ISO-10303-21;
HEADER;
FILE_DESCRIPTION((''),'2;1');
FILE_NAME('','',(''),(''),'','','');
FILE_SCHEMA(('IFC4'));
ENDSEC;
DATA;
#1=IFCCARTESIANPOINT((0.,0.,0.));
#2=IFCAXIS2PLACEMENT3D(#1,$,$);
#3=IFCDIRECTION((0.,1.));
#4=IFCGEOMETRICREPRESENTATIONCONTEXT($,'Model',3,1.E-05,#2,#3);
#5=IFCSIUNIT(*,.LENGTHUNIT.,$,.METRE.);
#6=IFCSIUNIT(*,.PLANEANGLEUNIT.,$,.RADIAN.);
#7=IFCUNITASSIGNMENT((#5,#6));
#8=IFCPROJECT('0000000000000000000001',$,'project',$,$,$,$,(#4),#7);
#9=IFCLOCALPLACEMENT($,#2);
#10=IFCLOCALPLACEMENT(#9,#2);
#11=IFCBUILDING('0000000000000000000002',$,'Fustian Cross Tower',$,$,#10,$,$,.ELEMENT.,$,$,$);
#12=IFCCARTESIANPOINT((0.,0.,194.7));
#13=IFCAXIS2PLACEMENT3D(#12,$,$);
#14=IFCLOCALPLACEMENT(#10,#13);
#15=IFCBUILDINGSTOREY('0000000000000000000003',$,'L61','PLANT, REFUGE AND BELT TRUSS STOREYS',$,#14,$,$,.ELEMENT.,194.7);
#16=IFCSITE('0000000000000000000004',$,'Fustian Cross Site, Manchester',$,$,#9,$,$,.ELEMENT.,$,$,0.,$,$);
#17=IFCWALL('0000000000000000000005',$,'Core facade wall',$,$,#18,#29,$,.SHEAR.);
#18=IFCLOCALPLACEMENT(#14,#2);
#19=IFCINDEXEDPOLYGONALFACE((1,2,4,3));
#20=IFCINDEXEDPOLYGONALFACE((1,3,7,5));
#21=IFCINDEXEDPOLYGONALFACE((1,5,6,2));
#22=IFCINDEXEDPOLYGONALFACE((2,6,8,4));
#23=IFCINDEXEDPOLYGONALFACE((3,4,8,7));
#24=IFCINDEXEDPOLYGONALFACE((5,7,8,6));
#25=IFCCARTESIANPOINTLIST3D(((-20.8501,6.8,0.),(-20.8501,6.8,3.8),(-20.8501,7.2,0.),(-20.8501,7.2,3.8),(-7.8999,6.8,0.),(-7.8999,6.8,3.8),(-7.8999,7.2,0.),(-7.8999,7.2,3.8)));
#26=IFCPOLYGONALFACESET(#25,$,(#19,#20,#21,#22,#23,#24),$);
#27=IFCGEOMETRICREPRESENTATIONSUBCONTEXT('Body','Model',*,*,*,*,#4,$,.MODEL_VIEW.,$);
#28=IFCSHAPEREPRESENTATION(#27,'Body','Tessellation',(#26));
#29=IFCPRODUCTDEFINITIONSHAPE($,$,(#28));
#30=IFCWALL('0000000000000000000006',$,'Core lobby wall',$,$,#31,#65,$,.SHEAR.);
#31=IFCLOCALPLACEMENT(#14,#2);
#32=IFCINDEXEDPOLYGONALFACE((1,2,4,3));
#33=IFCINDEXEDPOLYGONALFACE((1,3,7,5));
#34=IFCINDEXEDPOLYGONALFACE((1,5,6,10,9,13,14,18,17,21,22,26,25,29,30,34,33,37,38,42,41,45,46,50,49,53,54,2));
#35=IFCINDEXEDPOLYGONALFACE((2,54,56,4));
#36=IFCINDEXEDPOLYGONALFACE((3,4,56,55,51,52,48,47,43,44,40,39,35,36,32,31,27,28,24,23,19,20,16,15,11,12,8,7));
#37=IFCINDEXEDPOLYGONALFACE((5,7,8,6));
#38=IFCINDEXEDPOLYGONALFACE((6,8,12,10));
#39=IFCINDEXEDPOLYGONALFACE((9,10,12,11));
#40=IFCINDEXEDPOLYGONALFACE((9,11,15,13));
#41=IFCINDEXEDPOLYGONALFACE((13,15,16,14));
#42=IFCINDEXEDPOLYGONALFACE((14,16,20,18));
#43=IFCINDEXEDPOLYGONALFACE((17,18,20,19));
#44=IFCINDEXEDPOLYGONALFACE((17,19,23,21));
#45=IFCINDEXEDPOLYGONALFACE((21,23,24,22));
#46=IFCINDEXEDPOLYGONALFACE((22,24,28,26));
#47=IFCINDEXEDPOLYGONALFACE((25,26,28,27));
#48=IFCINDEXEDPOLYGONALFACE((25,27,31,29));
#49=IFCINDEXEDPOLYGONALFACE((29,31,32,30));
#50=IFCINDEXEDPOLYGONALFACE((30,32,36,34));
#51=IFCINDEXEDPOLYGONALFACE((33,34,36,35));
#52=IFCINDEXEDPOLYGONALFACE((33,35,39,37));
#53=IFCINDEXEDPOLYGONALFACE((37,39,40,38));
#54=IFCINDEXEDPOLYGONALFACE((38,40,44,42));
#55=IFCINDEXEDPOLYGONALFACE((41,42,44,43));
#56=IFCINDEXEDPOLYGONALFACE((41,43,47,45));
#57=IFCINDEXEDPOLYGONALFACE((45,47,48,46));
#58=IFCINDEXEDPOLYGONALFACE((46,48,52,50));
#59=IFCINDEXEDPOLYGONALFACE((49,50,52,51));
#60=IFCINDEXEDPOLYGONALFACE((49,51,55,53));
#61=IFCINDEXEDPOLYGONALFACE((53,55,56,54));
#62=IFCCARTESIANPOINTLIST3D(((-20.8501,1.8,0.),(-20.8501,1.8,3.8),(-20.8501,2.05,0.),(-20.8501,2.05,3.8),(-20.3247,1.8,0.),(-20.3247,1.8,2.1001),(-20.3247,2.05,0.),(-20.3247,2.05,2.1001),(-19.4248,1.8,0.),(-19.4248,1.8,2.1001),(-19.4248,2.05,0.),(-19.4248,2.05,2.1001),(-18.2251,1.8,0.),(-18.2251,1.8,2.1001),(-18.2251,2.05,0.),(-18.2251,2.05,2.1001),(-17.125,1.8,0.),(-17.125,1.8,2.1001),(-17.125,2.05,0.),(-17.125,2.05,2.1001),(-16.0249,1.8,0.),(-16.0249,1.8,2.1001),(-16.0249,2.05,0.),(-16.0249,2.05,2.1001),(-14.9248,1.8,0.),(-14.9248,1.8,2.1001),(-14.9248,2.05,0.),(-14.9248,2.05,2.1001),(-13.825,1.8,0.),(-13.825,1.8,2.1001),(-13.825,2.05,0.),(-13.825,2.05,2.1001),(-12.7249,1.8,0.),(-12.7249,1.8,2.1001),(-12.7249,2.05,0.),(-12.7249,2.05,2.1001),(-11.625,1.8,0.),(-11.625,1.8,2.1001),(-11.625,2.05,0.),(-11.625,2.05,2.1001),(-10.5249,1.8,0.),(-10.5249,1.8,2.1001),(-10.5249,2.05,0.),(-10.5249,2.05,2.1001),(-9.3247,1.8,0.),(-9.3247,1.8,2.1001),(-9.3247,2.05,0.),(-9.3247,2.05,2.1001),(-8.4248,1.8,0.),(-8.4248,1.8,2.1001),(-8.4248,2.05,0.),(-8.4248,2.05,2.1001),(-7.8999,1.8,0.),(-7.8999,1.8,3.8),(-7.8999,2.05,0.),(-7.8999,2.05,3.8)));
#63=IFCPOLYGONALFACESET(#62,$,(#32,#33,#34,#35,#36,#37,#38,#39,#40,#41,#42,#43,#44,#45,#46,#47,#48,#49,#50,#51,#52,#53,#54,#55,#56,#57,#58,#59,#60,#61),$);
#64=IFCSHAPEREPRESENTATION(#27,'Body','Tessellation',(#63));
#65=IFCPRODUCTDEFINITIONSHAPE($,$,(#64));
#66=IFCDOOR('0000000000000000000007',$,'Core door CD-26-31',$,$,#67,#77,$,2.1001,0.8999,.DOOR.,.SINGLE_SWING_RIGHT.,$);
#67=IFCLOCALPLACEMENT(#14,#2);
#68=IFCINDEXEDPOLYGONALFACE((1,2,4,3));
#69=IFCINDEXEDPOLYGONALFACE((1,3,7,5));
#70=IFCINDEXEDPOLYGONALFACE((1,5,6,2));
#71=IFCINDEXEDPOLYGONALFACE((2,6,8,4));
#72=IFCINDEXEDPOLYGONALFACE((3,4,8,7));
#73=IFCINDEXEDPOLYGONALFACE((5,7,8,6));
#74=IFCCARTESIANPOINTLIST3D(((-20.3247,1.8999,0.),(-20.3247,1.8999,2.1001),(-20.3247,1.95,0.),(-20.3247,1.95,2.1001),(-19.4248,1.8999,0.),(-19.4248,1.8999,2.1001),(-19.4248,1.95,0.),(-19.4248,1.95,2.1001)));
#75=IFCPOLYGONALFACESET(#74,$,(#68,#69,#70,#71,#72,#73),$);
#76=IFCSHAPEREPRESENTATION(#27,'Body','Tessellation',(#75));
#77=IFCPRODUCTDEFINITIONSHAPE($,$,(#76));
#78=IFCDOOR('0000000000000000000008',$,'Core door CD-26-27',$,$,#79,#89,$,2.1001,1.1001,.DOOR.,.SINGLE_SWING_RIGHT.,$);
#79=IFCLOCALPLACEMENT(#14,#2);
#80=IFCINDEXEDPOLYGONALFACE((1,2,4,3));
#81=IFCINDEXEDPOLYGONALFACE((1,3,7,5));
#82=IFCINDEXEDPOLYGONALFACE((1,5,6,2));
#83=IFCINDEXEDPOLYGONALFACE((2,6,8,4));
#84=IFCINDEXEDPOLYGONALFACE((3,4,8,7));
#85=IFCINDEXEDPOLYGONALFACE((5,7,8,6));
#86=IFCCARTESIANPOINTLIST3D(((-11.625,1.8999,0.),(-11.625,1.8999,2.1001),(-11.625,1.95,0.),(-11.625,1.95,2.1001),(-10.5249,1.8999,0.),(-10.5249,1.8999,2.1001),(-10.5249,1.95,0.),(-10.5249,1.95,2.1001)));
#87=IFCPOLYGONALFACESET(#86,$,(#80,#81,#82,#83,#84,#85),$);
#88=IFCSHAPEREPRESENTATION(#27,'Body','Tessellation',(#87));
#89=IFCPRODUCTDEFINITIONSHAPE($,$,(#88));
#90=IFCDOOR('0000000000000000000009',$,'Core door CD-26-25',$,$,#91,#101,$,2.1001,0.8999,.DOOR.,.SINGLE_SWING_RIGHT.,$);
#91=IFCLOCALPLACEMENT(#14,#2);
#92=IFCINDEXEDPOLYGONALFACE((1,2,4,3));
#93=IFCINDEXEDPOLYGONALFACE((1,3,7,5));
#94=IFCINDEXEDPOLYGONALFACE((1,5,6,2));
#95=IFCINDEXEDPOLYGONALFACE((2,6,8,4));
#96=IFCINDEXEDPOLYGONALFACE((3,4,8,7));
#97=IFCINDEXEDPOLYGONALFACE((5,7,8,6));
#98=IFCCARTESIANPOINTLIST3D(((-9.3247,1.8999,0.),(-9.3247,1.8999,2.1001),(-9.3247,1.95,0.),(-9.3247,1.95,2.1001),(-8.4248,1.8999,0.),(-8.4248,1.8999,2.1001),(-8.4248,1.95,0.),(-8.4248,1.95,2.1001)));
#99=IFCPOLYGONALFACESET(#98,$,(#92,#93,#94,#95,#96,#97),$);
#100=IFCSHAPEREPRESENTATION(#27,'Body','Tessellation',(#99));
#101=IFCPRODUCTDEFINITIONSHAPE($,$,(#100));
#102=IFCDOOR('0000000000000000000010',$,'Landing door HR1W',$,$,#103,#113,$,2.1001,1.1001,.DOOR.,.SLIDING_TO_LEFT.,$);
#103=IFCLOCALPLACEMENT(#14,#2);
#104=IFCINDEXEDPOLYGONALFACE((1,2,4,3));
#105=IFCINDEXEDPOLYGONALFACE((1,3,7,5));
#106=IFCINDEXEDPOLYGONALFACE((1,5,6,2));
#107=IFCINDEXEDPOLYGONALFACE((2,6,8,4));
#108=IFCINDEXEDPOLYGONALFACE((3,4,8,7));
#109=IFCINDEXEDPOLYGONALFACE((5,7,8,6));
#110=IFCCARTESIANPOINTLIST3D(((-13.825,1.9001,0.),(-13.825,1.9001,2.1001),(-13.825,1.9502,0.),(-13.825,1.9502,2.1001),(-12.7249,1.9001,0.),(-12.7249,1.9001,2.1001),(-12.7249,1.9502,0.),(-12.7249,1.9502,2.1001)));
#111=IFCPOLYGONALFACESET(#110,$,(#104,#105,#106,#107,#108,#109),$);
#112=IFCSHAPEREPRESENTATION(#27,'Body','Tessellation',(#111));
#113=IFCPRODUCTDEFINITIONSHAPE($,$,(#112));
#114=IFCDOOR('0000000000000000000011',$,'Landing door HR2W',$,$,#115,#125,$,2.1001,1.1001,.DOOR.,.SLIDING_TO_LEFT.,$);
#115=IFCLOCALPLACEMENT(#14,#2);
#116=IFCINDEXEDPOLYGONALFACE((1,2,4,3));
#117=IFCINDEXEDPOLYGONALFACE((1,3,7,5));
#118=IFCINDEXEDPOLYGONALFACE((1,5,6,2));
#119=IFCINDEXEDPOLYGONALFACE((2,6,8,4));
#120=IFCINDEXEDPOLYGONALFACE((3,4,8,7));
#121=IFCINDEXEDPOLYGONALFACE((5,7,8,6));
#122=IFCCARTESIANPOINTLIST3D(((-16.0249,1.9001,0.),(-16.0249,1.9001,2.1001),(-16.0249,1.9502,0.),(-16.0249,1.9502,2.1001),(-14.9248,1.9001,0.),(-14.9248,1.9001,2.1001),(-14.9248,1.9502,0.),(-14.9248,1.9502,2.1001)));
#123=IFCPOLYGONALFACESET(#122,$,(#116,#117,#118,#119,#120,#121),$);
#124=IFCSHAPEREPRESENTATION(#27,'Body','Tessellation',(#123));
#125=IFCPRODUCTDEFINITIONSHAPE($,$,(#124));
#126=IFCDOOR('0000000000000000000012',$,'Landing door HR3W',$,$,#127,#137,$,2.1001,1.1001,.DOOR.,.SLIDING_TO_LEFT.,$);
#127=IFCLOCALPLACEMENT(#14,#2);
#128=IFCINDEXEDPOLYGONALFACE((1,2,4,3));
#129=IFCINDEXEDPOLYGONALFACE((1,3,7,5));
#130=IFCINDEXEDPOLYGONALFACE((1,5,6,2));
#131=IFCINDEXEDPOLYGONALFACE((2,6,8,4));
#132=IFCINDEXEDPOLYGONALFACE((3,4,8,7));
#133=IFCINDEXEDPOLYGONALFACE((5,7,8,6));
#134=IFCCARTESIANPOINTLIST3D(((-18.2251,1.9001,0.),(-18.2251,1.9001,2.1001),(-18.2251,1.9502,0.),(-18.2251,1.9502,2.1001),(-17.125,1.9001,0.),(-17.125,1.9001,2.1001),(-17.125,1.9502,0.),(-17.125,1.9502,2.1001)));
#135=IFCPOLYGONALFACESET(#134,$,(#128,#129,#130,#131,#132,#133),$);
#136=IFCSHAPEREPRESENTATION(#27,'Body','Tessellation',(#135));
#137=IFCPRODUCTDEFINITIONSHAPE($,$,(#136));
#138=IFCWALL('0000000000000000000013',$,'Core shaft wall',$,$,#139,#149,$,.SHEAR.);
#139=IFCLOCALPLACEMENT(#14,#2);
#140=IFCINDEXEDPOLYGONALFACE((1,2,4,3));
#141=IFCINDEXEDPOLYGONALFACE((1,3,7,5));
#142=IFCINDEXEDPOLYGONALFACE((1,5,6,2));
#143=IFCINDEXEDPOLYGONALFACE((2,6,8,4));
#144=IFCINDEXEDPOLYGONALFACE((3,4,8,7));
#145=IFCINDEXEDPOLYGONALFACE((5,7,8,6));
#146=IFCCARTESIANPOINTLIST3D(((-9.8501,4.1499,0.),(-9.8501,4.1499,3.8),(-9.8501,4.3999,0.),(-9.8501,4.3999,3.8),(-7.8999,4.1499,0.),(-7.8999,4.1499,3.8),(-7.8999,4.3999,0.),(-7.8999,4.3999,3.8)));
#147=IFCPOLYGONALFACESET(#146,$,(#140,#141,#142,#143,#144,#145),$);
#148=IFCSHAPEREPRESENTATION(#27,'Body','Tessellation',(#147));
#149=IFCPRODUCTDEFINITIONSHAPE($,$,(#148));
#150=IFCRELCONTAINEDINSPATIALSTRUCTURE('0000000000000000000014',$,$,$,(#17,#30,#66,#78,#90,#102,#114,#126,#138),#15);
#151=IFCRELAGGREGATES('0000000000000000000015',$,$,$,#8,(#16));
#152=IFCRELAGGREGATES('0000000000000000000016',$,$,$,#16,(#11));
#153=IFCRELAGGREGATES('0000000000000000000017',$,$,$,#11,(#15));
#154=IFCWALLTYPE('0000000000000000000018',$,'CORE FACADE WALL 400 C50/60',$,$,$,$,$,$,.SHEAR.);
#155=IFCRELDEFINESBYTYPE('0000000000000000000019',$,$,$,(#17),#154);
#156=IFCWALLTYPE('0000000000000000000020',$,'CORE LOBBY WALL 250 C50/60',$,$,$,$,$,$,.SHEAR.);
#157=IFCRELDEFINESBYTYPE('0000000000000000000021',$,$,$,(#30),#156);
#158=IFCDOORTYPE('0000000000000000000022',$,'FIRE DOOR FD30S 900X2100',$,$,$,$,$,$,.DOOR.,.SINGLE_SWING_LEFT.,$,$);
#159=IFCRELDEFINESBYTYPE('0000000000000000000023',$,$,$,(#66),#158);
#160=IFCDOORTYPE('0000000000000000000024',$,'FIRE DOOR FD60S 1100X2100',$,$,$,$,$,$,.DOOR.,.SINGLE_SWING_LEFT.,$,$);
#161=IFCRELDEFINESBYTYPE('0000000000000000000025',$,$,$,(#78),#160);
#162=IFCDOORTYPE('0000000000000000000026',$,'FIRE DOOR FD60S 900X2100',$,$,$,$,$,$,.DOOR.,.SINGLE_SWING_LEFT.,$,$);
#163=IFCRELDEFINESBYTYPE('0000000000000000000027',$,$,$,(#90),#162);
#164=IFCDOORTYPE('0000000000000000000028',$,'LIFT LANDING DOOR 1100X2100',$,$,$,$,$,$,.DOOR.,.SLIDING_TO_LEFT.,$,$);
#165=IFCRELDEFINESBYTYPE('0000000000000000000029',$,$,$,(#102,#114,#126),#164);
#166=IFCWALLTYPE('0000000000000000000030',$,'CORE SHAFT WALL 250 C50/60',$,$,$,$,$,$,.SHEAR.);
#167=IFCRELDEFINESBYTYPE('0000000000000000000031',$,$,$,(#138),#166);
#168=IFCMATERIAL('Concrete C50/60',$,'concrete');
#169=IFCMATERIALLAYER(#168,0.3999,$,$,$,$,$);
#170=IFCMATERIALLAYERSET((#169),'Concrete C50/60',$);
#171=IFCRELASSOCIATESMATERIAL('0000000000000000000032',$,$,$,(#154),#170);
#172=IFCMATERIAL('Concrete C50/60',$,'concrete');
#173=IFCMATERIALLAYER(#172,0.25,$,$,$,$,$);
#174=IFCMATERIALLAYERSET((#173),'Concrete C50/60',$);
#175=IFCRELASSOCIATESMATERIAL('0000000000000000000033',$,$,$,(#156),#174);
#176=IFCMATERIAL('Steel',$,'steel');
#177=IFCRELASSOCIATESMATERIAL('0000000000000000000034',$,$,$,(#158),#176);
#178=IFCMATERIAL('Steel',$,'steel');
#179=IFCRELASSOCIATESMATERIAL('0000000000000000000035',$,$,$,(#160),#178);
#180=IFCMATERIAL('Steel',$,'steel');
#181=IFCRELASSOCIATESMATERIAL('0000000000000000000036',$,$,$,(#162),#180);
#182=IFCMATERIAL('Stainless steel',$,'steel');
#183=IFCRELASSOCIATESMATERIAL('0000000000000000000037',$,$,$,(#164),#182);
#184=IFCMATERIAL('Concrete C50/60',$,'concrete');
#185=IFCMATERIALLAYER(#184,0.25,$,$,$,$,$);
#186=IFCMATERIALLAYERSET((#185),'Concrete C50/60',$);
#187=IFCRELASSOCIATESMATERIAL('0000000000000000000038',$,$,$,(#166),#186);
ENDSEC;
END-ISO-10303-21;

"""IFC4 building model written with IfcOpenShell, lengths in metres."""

from ifc_helpers import new_model, si_unit, direction, frame, frame_2d, origin, place, context, subcontext, project, spatial, rectangle, extrude, material, layer, layer_set, type_object, element, fill, save


model = new_model("IFC4")

# Units and contexts
model_context = context("Model", 3, precision=1e-05, world=origin(), true_north=direction((0.0, 1.0)))
body_context = subcontext(model_context, "Body", "Model", "MODEL_VIEW")
ifc_project = project(units=[si_unit("LENGTHUNIT", "METRE"), si_unit("PLANEANGLEUNIT", "RADIAN")], contexts=[model_context])

# Site, building, storey
site_placement = place(None, origin())
site = spatial("IfcSite", under=ifc_project, at=site_placement, Name="Fustian Cross Site, Manchester", CompositionType="ELEMENT", RefElevation=0.0)
building_placement = place(site_placement, origin())
building = spatial("IfcBuilding", under=site, at=building_placement, Name="Fustian Cross Tower", CompositionType="ELEMENT")
storey_placement = place(building_placement, frame((0.0, 0.0, 194.7)))
storey = spatial("IfcBuildingStorey", under=building, at=storey_placement, Name="L61", Description="PLANT, REFUGE AND BELT TRUSS STOREYS", CompositionType="ELEMENT", Elevation=194.7)

# Wall
ifc_material_1 = material(Name="Concrete C50/60", Category="concrete")
ifc_layer_1 = layer(ifc_material_1, 0.3999)
ifc_layer_set_1 = layer_set([ifc_layer_1], Name="Concrete C50/60")
wall_type_1 = type_object("IfcWallType", Name="CORE FACADE WALL 400 C50/60", PredefinedType="SHEAR", material=ifc_layer_set_1)
wall_1_placement = place(storey_placement, frame((-7.8999, 7.0, 0.0), z_axis=(0.0, 0.0, 1.0), x_axis=(-1.0, 0.0, 0.0)))
element("IfcWall", 1, at=wall_1_placement, inside=storey, type_object=wall_type_1, Name="Core facade wall", PredefinedType="SHEAR", context=body_context, shape_type="SweptSolid", body=[
    extrude(rectangle(XDim=12.9502, YDim=0.3999, at=frame_2d((6.4751, 0.0))), origin(), (0.0, 0.0, 1.0), 3.8),
])

# Wall, openings, doors
ifc_material_2 = material(Name="Concrete C50/60", Category="concrete")
ifc_layer_2 = layer(ifc_material_2, 0.25)
ifc_layer_set_2 = layer_set([ifc_layer_2], Name="Concrete C50/60")
wall_type_2 = type_object("IfcWallType", Name="CORE LOBBY WALL 250 C50/60", PredefinedType="SHEAR", material=ifc_layer_set_2)
wall_2_placement = place(storey_placement, frame((-7.8999, 1.925, 0.0), z_axis=(0.0, 0.0, 1.0), x_axis=(-1.0, 0.0, 0.0)))
wall_2 = element("IfcWall", 2, at=wall_2_placement, inside=storey, type_object=wall_type_2, Name="Core lobby wall", PredefinedType="SHEAR", context=body_context, shape_type="SweptSolid", body=[
    extrude(rectangle(XDim=12.9502, YDim=0.25, at=frame_2d((6.4751, 0.0))), origin(), (0.0, 0.0, 1.0), 3.8),
])
opening_1_placement = place(wall_2_placement, frame((4.825, 0.0, 0.0)))
opening_1 = element("IfcOpeningElement", 3, at=opening_1_placement, cuts=wall_2, PredefinedType="OPENING", context=body_context, shape_type="SweptSolid", body=[
    extrude(rectangle(XDim=1.1001, YDim=2.1001, at=frame_2d((0.55, 1.05))), frame((0.0, 0.135, 0.0), z_axis=(0.0, -1.0, 0.0), x_axis=(1.0, 0.0, 0.0)), (0.0, 0.0, 1.0), 0.27),
])
opening_2_placement = place(wall_2_placement, frame((7.0249, 0.0, 0.0)))
opening_2 = element("IfcOpeningElement", 4, at=opening_2_placement, cuts=wall_2, PredefinedType="OPENING", context=body_context, shape_type="SweptSolid", body=[
    extrude(rectangle(XDim=1.1001, YDim=2.1001, at=frame_2d((0.55, 1.05))), frame((0.0, 0.135, 0.0), z_axis=(0.0, -1.0, 0.0), x_axis=(1.0, 0.0, 0.0)), (0.0, 0.0, 1.0), 0.27),
])
opening_3_placement = place(wall_2_placement, frame((9.2251, 0.0, 0.0)))
opening_3 = element("IfcOpeningElement", 5, at=opening_3_placement, cuts=wall_2, PredefinedType="OPENING", context=body_context, shape_type="SweptSolid", body=[
    extrude(rectangle(XDim=1.1001, YDim=2.1001, at=frame_2d((0.55, 1.05))), frame((0.0, 0.135, 0.0), z_axis=(0.0, -1.0, 0.0), x_axis=(1.0, 0.0, 0.0)), (0.0, 0.0, 1.0), 0.27),
])
opening_4_placement = place(wall_2_placement, frame((0.5249, 0.0, 0.0)))
opening_4 = element("IfcOpeningElement", 6, at=opening_4_placement, cuts=wall_2, PredefinedType="OPENING", context=body_context, shape_type="SweptSolid", body=[
    extrude(rectangle(XDim=0.8999, YDim=2.1001, at=frame_2d((0.45, 1.05))), frame((0.0, 0.135, 0.0), z_axis=(0.0, -1.0, 0.0), x_axis=(1.0, 0.0, 0.0)), (0.0, 0.0, 1.0), 0.27),
])
opening_5_placement = place(wall_2_placement, frame((2.625, 0.0, 0.0)))
opening_5 = element("IfcOpeningElement", 7, at=opening_5_placement, cuts=wall_2, PredefinedType="OPENING", context=body_context, shape_type="SweptSolid", body=[
    extrude(rectangle(XDim=1.1001, YDim=2.1001, at=frame_2d((0.55, 1.05))), frame((0.0, 0.135, 0.0), z_axis=(0.0, -1.0, 0.0), x_axis=(1.0, 0.0, 0.0)), (0.0, 0.0, 1.0), 0.27),
])
opening_6_placement = place(wall_2_placement, frame((11.5249, 0.0, 0.0)))
opening_6 = element("IfcOpeningElement", 8, at=opening_6_placement, cuts=wall_2, PredefinedType="OPENING", context=body_context, shape_type="SweptSolid", body=[
    extrude(rectangle(XDim=0.8999, YDim=2.1001, at=frame_2d((0.45, 1.05))), frame((0.0, 0.135, 0.0), z_axis=(0.0, -1.0, 0.0), x_axis=(1.0, 0.0, 0.0)), (0.0, 0.0, 1.0), 0.27),
])
ifc_material_3 = material(Name="Steel", Category="steel")
door_type_1 = type_object("IfcDoorType", Name="FIRE DOOR FD30S 900X2100", OperationType="SINGLE_SWING_LEFT", PredefinedType="DOOR", material=ifc_material_3)
door_1_placement = place(opening_6_placement, frame((0.8999, 0.0, 0.0), z_axis=(0.0, 0.0, 1.0), x_axis=(-1.0, 0.0, 0.0)))
door_1 = element("IfcDoor", 9, at=door_1_placement, inside=storey, type_object=door_type_1, Name="Core door CD-26-31", OperationType="SINGLE_SWING_RIGHT", OverallHeight=2.1001, OverallWidth=0.8999, PredefinedType="DOOR", context=body_context, shape_type="SweptSolid", body=[
    extrude(rectangle(XDim=0.8999, YDim=2.1001, at=frame_2d((0.45, 1.05))), frame((0.0, 0.0249, 0.0), z_axis=(0.0, -1.0, 0.0), x_axis=(1.0, 0.0, 0.0)), (0.0, 0.0, 1.0), 0.05),
])
fill(opening_6, door_1)
ifc_material_4 = material(Name="Steel", Category="steel")
door_type_2 = type_object("IfcDoorType", Name="FIRE DOOR FD60S 1100X2100", OperationType="SINGLE_SWING_LEFT", PredefinedType="DOOR", material=ifc_material_4)
door_2_placement = place(opening_5_placement, frame((1.1001, 0.0, 0.0), z_axis=(0.0, 0.0, 1.0), x_axis=(-1.0, 0.0, 0.0)))
door_2 = element("IfcDoor", 10, at=door_2_placement, inside=storey, type_object=door_type_2, Name="Core door CD-26-27", OperationType="SINGLE_SWING_RIGHT", OverallHeight=2.1001, OverallWidth=1.1001, PredefinedType="DOOR", context=body_context, shape_type="SweptSolid", body=[
    extrude(rectangle(XDim=1.1001, YDim=2.1001, at=frame_2d((0.55, 1.05))), frame((0.0, 0.0249, 0.0), z_axis=(0.0, -1.0, 0.0), x_axis=(1.0, 0.0, 0.0)), (0.0, 0.0, 1.0), 0.05),
])
fill(opening_5, door_2)
ifc_material_5 = material(Name="Steel", Category="steel")
door_type_3 = type_object("IfcDoorType", Name="FIRE DOOR FD60S 900X2100", OperationType="SINGLE_SWING_LEFT", PredefinedType="DOOR", material=ifc_material_5)
door_3_placement = place(opening_4_placement, frame((0.8999, 0.0, 0.0), z_axis=(0.0, 0.0, 1.0), x_axis=(-1.0, 0.0, 0.0)))
door_3 = element("IfcDoor", 11, at=door_3_placement, inside=storey, type_object=door_type_3, Name="Core door CD-26-25", OperationType="SINGLE_SWING_RIGHT", OverallHeight=2.1001, OverallWidth=0.8999, PredefinedType="DOOR", context=body_context, shape_type="SweptSolid", body=[
    extrude(rectangle(XDim=0.8999, YDim=2.1001, at=frame_2d((0.45, 1.05))), frame((0.0, 0.0249, 0.0), z_axis=(0.0, -1.0, 0.0), x_axis=(1.0, 0.0, 0.0)), (0.0, 0.0, 1.0), 0.05),
])
fill(opening_4, door_3)
ifc_material_6 = material(Name="Stainless steel", Category="steel")
door_type_4 = type_object("IfcDoorType", Name="LIFT LANDING DOOR 1100X2100", OperationType="SLIDING_TO_LEFT", PredefinedType="DOOR", material=ifc_material_6)
door_4_placement = place(opening_1_placement, origin())
door_4 = element("IfcDoor", 12, at=door_4_placement, inside=storey, type_object=door_type_4, Name="Landing door HR1W", OperationType="SLIDING_TO_LEFT", OverallHeight=2.1001, OverallWidth=1.1001, PredefinedType="DOOR", context=body_context, shape_type="SweptSolid", body=[
    extrude(rectangle(XDim=1.1001, YDim=2.1001, at=frame_2d((0.55, 1.05))), frame((0.0, 0.0249, 0.0), z_axis=(0.0, -1.0, 0.0), x_axis=(1.0, 0.0, 0.0)), (0.0, 0.0, 1.0), 0.05),
])
fill(opening_1, door_4)
door_5_placement = place(opening_2_placement, origin())
door_5 = element("IfcDoor", 13, at=door_5_placement, inside=storey, type_object=door_type_4, Name="Landing door HR2W", OperationType="SLIDING_TO_LEFT", OverallHeight=2.1001, OverallWidth=1.1001, PredefinedType="DOOR", context=body_context, shape_type="SweptSolid", body=[
    extrude(rectangle(XDim=1.1001, YDim=2.1001, at=frame_2d((0.55, 1.05))), frame((0.0, 0.0249, 0.0), z_axis=(0.0, -1.0, 0.0), x_axis=(1.0, 0.0, 0.0)), (0.0, 0.0, 1.0), 0.05),
])
fill(opening_2, door_5)
door_6_placement = place(opening_3_placement, origin())
door_6 = element("IfcDoor", 14, at=door_6_placement, inside=storey, type_object=door_type_4, Name="Landing door HR3W", OperationType="SLIDING_TO_LEFT", OverallHeight=2.1001, OverallWidth=1.1001, PredefinedType="DOOR", context=body_context, shape_type="SweptSolid", body=[
    extrude(rectangle(XDim=1.1001, YDim=2.1001, at=frame_2d((0.55, 1.05))), frame((0.0, 0.0249, 0.0), z_axis=(0.0, -1.0, 0.0), x_axis=(1.0, 0.0, 0.0)), (0.0, 0.0, 1.0), 0.05),
])
fill(opening_3, door_6)

# Wall
ifc_material_7 = material(Name="Concrete C50/60", Category="concrete")
ifc_layer_3 = layer(ifc_material_7, 0.25)
ifc_layer_set_3 = layer_set([ifc_layer_3], Name="Concrete C50/60")
wall_type_3 = type_object("IfcWallType", Name="CORE SHAFT WALL 250 C50/60", PredefinedType="SHEAR", material=ifc_layer_set_3)
wall_3_placement = place(storey_placement, frame((-7.8999, 4.2749, 0.0), z_axis=(0.0, 0.0, 1.0), x_axis=(-1.0, 0.0, 0.0)))
element("IfcWall", 15, at=wall_3_placement, inside=storey, type_object=wall_type_3, Name="Core shaft wall", PredefinedType="SHEAR", context=body_context, shape_type="SweptSolid", body=[
    extrude(rectangle(XDim=1.9502, YDim=0.25, at=frame_2d((0.9751, 0.0))), origin(), (0.0, 0.0, 1.0), 3.8),
])

save(model, "model.ifc")
